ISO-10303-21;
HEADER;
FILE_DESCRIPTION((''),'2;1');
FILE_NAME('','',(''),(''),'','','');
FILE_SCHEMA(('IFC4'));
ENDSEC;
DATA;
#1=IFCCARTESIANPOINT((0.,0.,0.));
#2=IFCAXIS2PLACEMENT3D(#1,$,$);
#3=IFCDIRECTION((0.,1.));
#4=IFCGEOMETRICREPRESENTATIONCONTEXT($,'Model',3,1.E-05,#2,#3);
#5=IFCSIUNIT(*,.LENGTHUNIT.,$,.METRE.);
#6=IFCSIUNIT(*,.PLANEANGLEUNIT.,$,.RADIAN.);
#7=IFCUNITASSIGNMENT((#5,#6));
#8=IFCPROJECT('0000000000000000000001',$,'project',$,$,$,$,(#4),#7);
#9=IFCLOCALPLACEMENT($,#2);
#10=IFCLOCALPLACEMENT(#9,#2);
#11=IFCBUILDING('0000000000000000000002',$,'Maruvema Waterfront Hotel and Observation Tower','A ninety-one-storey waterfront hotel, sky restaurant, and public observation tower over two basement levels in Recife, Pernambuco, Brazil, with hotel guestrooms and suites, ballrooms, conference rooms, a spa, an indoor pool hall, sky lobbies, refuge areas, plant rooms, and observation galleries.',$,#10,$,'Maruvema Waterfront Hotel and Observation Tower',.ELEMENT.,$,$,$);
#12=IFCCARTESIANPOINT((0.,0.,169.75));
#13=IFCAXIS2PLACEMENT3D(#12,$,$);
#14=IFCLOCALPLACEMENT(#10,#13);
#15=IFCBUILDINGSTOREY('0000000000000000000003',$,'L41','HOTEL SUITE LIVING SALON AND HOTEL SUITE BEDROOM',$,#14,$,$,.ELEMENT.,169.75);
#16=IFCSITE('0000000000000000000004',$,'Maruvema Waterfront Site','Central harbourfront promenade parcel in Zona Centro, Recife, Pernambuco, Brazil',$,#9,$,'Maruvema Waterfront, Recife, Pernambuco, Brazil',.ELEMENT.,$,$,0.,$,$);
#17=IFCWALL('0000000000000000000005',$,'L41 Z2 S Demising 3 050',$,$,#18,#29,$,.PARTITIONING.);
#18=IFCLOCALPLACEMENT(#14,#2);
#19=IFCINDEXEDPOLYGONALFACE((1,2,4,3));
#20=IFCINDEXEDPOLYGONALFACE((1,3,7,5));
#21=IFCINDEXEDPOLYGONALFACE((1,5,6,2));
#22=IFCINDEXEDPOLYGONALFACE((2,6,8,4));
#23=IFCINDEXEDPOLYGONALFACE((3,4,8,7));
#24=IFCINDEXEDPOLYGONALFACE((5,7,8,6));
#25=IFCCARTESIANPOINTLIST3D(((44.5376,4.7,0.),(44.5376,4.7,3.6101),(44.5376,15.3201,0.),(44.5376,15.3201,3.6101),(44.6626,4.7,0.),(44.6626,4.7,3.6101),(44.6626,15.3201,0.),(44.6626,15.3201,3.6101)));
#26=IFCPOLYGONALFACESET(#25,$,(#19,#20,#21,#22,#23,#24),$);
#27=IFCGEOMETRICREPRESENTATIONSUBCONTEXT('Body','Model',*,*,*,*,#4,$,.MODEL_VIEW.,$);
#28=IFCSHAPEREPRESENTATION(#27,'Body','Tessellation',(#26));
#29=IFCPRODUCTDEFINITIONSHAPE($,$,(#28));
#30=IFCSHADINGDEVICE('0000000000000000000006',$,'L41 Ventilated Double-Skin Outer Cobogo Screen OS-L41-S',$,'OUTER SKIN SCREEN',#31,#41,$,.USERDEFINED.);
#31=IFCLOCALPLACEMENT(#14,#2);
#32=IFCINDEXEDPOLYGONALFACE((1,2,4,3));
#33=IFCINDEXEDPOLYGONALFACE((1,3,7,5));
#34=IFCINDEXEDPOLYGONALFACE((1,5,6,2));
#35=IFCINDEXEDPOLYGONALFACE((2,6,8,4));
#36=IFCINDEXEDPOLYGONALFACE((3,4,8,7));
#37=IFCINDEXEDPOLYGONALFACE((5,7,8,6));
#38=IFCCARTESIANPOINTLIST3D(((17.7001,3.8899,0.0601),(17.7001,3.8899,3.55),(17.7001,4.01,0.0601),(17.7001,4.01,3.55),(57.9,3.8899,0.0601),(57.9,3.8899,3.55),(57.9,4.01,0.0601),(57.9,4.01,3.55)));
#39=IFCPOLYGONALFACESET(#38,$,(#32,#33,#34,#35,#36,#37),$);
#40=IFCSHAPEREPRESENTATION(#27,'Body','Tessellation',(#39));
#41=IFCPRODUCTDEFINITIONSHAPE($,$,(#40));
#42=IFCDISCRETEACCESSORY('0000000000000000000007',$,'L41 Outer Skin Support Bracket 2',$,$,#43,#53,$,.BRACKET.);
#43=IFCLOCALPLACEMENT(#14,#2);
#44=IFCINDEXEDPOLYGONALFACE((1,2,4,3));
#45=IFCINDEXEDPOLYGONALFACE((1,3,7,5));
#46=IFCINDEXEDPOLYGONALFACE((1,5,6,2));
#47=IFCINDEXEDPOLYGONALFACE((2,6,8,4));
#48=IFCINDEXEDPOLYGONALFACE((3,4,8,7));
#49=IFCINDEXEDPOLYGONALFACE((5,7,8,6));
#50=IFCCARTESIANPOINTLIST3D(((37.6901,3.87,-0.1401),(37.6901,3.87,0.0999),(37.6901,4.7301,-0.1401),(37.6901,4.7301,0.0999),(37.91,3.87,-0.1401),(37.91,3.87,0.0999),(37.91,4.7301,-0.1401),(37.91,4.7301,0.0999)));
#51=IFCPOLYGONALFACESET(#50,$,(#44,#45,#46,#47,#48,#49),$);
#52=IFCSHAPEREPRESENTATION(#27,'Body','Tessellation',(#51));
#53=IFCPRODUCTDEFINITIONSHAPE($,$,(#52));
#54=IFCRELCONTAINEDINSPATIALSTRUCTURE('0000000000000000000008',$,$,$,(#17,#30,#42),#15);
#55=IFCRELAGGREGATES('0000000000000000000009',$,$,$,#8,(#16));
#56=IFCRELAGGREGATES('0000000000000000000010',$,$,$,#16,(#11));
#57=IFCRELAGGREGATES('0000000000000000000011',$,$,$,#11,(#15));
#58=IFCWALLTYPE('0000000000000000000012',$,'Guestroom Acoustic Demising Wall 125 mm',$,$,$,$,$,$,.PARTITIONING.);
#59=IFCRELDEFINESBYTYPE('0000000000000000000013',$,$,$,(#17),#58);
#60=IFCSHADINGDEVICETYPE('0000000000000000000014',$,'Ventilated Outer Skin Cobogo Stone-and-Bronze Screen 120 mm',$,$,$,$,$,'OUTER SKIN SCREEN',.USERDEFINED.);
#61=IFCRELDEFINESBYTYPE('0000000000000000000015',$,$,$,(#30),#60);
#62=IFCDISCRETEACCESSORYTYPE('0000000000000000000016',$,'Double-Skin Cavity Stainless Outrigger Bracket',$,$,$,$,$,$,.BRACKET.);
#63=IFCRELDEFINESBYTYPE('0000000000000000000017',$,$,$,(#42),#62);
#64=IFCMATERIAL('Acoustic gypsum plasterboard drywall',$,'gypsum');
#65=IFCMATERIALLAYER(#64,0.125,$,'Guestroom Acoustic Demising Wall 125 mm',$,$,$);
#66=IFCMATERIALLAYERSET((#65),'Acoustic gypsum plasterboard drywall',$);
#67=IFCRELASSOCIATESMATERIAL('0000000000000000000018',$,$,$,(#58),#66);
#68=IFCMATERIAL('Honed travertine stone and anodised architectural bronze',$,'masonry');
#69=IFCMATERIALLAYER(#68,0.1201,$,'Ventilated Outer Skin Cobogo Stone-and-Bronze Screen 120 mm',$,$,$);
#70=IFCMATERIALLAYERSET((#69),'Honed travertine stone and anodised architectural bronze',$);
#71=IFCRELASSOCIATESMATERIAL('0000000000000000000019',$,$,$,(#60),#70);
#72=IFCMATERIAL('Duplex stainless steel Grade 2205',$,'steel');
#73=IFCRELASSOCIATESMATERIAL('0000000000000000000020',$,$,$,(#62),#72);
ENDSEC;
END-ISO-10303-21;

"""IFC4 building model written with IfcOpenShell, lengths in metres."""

from ifc_helpers import new_model, si_unit, direction, frame, frame_2d, origin, origin_2d, place, context, subcontext, project, spatial, rectangle, extrude, material, layer, layer_set, type_object, element, save


model = new_model("IFC4")

# Units and contexts
model_context = context("Model", 3, precision=1e-05, world=origin(), true_north=direction((0.0, 1.0)))
body_context = subcontext(model_context, "Body", "Model", "MODEL_VIEW")
ifc_project = project(units=[si_unit("LENGTHUNIT", "METRE"), si_unit("PLANEANGLEUNIT", "RADIAN")], contexts=[model_context])

# Site, building, storey
site_placement = place(None, origin())
site = spatial("IfcSite", under=ifc_project, at=site_placement, Name="Maruvema Waterfront Site", Description="Central harbourfront promenade parcel in Zona Centro, Recife, Pernambuco, Brazil", LongName="Maruvema Waterfront, Recife, Pernambuco, Brazil", CompositionType="ELEMENT", RefElevation=0.0)
building_placement = place(site_placement, origin())
building = spatial("IfcBuilding", under=site, at=building_placement, Name="Maruvema Waterfront Hotel and Observation Tower", Description="A ninety-one-storey waterfront hotel, sky restaurant, and public observation tower over two basement levels in Recife, Pernambuco, Brazil, with hotel guestrooms and suites, ballrooms, conference rooms, a spa, an indoor pool hall, sky lobbies, refuge areas, plant rooms, and observation galleries.", LongName="Maruvema Waterfront Hotel and Observation Tower", CompositionType="ELEMENT")
storey_placement = place(building_placement, frame((0.0, 0.0, 169.75)))
storey = spatial("IfcBuildingStorey", under=building, at=storey_placement, Name="L41", Description="HOTEL SUITE LIVING SALON AND HOTEL SUITE BEDROOM", CompositionType="ELEMENT", Elevation=169.75)

# Wall
ifc_material_1 = material(Name="Acoustic gypsum plasterboard drywall", Category="gypsum")
ifc_layer_1 = layer(ifc_material_1, 0.125, Name="Guestroom Acoustic Demising Wall 125 mm")
ifc_layer_set_1 = layer_set([ifc_layer_1], Name="Acoustic gypsum plasterboard drywall")
wall_type_1 = type_object("IfcWallType", Name="Guestroom Acoustic Demising Wall 125 mm", PredefinedType="PARTITIONING", material=ifc_layer_set_1)
wall_1_placement = place(storey_placement, frame((44.6001, 4.7, 0.0), z_axis=(0.0, 0.0, 1.0), x_axis=(0.0, 1.0, 0.0)))
element("IfcWall", 1, at=wall_1_placement, inside=storey, type_object=wall_type_1, Name="L41 Z2 S Demising 3 050", PredefinedType="PARTITIONING", context=body_context, shape_type="SweptSolid", body=[
    extrude(rectangle(XDim=10.6201, YDim=0.125, at=frame_2d((5.3101, 0.0))), origin(), (0.0, 0.0, 1.0), 3.6101),
])

# Shading device
ifc_material_2 = material(Name="Honed travertine stone and anodised architectural bronze", Category="masonry")
ifc_layer_2 = layer(ifc_material_2, 0.1201, Name="Ventilated Outer Skin Cobogo Stone-and-Bronze Screen 120 mm")
ifc_layer_set_2 = layer_set([ifc_layer_2], Name="Honed travertine stone and anodised architectural bronze")
shading_device_type = type_object("IfcShadingDeviceType", Name="Ventilated Outer Skin Cobogo Stone-and-Bronze Screen 120 mm", ElementType="OUTER SKIN SCREEN", PredefinedType="USERDEFINED", material=ifc_layer_set_2)
shading_device_placement = place(storey_placement, frame((37.8, 3.95, 0.0601), z_axis=(0.0, 0.0, 1.0), x_axis=(1.0, 0.0, 0.0)))
element("IfcShadingDevice", 2, at=shading_device_placement, inside=storey, type_object=shading_device_type, Name="L41 Ventilated Double-Skin Outer Cobogo Screen OS-L41-S", ObjectType="OUTER SKIN SCREEN", PredefinedType="USERDEFINED", context=body_context, shape_type="SweptSolid", body=[
    extrude(rectangle(XDim=40.2, YDim=0.1201, at=origin_2d()), origin(), (0.0, 0.0, 1.0), 3.49),
])

# Discrete accessory
ifc_material_3 = material(Name="Duplex stainless steel Grade 2205", Category="steel")
discrete_accessory_type = type_object("IfcDiscreteAccessoryType", Name="Double-Skin Cavity Stainless Outrigger Bracket", PredefinedType="BRACKET", material=ifc_material_3)
discrete_accessory_placement = place(storey_placement, frame((37.8, 4.3, -0.1401), z_axis=(0.0, 0.0, 1.0), x_axis=(1.0, 0.0, 0.0)))
element("IfcDiscreteAccessory", 3, at=discrete_accessory_placement, inside=storey, type_object=discrete_accessory_type, Name="L41 Outer Skin Support Bracket 2", PredefinedType="BRACKET", context=body_context, shape_type="SweptSolid", body=[
    extrude(rectangle(XDim=0.22, YDim=0.8601, at=origin_2d()), origin(), (0.0, 0.0, 1.0), 0.24),
])

save(model, "model.ifc")
